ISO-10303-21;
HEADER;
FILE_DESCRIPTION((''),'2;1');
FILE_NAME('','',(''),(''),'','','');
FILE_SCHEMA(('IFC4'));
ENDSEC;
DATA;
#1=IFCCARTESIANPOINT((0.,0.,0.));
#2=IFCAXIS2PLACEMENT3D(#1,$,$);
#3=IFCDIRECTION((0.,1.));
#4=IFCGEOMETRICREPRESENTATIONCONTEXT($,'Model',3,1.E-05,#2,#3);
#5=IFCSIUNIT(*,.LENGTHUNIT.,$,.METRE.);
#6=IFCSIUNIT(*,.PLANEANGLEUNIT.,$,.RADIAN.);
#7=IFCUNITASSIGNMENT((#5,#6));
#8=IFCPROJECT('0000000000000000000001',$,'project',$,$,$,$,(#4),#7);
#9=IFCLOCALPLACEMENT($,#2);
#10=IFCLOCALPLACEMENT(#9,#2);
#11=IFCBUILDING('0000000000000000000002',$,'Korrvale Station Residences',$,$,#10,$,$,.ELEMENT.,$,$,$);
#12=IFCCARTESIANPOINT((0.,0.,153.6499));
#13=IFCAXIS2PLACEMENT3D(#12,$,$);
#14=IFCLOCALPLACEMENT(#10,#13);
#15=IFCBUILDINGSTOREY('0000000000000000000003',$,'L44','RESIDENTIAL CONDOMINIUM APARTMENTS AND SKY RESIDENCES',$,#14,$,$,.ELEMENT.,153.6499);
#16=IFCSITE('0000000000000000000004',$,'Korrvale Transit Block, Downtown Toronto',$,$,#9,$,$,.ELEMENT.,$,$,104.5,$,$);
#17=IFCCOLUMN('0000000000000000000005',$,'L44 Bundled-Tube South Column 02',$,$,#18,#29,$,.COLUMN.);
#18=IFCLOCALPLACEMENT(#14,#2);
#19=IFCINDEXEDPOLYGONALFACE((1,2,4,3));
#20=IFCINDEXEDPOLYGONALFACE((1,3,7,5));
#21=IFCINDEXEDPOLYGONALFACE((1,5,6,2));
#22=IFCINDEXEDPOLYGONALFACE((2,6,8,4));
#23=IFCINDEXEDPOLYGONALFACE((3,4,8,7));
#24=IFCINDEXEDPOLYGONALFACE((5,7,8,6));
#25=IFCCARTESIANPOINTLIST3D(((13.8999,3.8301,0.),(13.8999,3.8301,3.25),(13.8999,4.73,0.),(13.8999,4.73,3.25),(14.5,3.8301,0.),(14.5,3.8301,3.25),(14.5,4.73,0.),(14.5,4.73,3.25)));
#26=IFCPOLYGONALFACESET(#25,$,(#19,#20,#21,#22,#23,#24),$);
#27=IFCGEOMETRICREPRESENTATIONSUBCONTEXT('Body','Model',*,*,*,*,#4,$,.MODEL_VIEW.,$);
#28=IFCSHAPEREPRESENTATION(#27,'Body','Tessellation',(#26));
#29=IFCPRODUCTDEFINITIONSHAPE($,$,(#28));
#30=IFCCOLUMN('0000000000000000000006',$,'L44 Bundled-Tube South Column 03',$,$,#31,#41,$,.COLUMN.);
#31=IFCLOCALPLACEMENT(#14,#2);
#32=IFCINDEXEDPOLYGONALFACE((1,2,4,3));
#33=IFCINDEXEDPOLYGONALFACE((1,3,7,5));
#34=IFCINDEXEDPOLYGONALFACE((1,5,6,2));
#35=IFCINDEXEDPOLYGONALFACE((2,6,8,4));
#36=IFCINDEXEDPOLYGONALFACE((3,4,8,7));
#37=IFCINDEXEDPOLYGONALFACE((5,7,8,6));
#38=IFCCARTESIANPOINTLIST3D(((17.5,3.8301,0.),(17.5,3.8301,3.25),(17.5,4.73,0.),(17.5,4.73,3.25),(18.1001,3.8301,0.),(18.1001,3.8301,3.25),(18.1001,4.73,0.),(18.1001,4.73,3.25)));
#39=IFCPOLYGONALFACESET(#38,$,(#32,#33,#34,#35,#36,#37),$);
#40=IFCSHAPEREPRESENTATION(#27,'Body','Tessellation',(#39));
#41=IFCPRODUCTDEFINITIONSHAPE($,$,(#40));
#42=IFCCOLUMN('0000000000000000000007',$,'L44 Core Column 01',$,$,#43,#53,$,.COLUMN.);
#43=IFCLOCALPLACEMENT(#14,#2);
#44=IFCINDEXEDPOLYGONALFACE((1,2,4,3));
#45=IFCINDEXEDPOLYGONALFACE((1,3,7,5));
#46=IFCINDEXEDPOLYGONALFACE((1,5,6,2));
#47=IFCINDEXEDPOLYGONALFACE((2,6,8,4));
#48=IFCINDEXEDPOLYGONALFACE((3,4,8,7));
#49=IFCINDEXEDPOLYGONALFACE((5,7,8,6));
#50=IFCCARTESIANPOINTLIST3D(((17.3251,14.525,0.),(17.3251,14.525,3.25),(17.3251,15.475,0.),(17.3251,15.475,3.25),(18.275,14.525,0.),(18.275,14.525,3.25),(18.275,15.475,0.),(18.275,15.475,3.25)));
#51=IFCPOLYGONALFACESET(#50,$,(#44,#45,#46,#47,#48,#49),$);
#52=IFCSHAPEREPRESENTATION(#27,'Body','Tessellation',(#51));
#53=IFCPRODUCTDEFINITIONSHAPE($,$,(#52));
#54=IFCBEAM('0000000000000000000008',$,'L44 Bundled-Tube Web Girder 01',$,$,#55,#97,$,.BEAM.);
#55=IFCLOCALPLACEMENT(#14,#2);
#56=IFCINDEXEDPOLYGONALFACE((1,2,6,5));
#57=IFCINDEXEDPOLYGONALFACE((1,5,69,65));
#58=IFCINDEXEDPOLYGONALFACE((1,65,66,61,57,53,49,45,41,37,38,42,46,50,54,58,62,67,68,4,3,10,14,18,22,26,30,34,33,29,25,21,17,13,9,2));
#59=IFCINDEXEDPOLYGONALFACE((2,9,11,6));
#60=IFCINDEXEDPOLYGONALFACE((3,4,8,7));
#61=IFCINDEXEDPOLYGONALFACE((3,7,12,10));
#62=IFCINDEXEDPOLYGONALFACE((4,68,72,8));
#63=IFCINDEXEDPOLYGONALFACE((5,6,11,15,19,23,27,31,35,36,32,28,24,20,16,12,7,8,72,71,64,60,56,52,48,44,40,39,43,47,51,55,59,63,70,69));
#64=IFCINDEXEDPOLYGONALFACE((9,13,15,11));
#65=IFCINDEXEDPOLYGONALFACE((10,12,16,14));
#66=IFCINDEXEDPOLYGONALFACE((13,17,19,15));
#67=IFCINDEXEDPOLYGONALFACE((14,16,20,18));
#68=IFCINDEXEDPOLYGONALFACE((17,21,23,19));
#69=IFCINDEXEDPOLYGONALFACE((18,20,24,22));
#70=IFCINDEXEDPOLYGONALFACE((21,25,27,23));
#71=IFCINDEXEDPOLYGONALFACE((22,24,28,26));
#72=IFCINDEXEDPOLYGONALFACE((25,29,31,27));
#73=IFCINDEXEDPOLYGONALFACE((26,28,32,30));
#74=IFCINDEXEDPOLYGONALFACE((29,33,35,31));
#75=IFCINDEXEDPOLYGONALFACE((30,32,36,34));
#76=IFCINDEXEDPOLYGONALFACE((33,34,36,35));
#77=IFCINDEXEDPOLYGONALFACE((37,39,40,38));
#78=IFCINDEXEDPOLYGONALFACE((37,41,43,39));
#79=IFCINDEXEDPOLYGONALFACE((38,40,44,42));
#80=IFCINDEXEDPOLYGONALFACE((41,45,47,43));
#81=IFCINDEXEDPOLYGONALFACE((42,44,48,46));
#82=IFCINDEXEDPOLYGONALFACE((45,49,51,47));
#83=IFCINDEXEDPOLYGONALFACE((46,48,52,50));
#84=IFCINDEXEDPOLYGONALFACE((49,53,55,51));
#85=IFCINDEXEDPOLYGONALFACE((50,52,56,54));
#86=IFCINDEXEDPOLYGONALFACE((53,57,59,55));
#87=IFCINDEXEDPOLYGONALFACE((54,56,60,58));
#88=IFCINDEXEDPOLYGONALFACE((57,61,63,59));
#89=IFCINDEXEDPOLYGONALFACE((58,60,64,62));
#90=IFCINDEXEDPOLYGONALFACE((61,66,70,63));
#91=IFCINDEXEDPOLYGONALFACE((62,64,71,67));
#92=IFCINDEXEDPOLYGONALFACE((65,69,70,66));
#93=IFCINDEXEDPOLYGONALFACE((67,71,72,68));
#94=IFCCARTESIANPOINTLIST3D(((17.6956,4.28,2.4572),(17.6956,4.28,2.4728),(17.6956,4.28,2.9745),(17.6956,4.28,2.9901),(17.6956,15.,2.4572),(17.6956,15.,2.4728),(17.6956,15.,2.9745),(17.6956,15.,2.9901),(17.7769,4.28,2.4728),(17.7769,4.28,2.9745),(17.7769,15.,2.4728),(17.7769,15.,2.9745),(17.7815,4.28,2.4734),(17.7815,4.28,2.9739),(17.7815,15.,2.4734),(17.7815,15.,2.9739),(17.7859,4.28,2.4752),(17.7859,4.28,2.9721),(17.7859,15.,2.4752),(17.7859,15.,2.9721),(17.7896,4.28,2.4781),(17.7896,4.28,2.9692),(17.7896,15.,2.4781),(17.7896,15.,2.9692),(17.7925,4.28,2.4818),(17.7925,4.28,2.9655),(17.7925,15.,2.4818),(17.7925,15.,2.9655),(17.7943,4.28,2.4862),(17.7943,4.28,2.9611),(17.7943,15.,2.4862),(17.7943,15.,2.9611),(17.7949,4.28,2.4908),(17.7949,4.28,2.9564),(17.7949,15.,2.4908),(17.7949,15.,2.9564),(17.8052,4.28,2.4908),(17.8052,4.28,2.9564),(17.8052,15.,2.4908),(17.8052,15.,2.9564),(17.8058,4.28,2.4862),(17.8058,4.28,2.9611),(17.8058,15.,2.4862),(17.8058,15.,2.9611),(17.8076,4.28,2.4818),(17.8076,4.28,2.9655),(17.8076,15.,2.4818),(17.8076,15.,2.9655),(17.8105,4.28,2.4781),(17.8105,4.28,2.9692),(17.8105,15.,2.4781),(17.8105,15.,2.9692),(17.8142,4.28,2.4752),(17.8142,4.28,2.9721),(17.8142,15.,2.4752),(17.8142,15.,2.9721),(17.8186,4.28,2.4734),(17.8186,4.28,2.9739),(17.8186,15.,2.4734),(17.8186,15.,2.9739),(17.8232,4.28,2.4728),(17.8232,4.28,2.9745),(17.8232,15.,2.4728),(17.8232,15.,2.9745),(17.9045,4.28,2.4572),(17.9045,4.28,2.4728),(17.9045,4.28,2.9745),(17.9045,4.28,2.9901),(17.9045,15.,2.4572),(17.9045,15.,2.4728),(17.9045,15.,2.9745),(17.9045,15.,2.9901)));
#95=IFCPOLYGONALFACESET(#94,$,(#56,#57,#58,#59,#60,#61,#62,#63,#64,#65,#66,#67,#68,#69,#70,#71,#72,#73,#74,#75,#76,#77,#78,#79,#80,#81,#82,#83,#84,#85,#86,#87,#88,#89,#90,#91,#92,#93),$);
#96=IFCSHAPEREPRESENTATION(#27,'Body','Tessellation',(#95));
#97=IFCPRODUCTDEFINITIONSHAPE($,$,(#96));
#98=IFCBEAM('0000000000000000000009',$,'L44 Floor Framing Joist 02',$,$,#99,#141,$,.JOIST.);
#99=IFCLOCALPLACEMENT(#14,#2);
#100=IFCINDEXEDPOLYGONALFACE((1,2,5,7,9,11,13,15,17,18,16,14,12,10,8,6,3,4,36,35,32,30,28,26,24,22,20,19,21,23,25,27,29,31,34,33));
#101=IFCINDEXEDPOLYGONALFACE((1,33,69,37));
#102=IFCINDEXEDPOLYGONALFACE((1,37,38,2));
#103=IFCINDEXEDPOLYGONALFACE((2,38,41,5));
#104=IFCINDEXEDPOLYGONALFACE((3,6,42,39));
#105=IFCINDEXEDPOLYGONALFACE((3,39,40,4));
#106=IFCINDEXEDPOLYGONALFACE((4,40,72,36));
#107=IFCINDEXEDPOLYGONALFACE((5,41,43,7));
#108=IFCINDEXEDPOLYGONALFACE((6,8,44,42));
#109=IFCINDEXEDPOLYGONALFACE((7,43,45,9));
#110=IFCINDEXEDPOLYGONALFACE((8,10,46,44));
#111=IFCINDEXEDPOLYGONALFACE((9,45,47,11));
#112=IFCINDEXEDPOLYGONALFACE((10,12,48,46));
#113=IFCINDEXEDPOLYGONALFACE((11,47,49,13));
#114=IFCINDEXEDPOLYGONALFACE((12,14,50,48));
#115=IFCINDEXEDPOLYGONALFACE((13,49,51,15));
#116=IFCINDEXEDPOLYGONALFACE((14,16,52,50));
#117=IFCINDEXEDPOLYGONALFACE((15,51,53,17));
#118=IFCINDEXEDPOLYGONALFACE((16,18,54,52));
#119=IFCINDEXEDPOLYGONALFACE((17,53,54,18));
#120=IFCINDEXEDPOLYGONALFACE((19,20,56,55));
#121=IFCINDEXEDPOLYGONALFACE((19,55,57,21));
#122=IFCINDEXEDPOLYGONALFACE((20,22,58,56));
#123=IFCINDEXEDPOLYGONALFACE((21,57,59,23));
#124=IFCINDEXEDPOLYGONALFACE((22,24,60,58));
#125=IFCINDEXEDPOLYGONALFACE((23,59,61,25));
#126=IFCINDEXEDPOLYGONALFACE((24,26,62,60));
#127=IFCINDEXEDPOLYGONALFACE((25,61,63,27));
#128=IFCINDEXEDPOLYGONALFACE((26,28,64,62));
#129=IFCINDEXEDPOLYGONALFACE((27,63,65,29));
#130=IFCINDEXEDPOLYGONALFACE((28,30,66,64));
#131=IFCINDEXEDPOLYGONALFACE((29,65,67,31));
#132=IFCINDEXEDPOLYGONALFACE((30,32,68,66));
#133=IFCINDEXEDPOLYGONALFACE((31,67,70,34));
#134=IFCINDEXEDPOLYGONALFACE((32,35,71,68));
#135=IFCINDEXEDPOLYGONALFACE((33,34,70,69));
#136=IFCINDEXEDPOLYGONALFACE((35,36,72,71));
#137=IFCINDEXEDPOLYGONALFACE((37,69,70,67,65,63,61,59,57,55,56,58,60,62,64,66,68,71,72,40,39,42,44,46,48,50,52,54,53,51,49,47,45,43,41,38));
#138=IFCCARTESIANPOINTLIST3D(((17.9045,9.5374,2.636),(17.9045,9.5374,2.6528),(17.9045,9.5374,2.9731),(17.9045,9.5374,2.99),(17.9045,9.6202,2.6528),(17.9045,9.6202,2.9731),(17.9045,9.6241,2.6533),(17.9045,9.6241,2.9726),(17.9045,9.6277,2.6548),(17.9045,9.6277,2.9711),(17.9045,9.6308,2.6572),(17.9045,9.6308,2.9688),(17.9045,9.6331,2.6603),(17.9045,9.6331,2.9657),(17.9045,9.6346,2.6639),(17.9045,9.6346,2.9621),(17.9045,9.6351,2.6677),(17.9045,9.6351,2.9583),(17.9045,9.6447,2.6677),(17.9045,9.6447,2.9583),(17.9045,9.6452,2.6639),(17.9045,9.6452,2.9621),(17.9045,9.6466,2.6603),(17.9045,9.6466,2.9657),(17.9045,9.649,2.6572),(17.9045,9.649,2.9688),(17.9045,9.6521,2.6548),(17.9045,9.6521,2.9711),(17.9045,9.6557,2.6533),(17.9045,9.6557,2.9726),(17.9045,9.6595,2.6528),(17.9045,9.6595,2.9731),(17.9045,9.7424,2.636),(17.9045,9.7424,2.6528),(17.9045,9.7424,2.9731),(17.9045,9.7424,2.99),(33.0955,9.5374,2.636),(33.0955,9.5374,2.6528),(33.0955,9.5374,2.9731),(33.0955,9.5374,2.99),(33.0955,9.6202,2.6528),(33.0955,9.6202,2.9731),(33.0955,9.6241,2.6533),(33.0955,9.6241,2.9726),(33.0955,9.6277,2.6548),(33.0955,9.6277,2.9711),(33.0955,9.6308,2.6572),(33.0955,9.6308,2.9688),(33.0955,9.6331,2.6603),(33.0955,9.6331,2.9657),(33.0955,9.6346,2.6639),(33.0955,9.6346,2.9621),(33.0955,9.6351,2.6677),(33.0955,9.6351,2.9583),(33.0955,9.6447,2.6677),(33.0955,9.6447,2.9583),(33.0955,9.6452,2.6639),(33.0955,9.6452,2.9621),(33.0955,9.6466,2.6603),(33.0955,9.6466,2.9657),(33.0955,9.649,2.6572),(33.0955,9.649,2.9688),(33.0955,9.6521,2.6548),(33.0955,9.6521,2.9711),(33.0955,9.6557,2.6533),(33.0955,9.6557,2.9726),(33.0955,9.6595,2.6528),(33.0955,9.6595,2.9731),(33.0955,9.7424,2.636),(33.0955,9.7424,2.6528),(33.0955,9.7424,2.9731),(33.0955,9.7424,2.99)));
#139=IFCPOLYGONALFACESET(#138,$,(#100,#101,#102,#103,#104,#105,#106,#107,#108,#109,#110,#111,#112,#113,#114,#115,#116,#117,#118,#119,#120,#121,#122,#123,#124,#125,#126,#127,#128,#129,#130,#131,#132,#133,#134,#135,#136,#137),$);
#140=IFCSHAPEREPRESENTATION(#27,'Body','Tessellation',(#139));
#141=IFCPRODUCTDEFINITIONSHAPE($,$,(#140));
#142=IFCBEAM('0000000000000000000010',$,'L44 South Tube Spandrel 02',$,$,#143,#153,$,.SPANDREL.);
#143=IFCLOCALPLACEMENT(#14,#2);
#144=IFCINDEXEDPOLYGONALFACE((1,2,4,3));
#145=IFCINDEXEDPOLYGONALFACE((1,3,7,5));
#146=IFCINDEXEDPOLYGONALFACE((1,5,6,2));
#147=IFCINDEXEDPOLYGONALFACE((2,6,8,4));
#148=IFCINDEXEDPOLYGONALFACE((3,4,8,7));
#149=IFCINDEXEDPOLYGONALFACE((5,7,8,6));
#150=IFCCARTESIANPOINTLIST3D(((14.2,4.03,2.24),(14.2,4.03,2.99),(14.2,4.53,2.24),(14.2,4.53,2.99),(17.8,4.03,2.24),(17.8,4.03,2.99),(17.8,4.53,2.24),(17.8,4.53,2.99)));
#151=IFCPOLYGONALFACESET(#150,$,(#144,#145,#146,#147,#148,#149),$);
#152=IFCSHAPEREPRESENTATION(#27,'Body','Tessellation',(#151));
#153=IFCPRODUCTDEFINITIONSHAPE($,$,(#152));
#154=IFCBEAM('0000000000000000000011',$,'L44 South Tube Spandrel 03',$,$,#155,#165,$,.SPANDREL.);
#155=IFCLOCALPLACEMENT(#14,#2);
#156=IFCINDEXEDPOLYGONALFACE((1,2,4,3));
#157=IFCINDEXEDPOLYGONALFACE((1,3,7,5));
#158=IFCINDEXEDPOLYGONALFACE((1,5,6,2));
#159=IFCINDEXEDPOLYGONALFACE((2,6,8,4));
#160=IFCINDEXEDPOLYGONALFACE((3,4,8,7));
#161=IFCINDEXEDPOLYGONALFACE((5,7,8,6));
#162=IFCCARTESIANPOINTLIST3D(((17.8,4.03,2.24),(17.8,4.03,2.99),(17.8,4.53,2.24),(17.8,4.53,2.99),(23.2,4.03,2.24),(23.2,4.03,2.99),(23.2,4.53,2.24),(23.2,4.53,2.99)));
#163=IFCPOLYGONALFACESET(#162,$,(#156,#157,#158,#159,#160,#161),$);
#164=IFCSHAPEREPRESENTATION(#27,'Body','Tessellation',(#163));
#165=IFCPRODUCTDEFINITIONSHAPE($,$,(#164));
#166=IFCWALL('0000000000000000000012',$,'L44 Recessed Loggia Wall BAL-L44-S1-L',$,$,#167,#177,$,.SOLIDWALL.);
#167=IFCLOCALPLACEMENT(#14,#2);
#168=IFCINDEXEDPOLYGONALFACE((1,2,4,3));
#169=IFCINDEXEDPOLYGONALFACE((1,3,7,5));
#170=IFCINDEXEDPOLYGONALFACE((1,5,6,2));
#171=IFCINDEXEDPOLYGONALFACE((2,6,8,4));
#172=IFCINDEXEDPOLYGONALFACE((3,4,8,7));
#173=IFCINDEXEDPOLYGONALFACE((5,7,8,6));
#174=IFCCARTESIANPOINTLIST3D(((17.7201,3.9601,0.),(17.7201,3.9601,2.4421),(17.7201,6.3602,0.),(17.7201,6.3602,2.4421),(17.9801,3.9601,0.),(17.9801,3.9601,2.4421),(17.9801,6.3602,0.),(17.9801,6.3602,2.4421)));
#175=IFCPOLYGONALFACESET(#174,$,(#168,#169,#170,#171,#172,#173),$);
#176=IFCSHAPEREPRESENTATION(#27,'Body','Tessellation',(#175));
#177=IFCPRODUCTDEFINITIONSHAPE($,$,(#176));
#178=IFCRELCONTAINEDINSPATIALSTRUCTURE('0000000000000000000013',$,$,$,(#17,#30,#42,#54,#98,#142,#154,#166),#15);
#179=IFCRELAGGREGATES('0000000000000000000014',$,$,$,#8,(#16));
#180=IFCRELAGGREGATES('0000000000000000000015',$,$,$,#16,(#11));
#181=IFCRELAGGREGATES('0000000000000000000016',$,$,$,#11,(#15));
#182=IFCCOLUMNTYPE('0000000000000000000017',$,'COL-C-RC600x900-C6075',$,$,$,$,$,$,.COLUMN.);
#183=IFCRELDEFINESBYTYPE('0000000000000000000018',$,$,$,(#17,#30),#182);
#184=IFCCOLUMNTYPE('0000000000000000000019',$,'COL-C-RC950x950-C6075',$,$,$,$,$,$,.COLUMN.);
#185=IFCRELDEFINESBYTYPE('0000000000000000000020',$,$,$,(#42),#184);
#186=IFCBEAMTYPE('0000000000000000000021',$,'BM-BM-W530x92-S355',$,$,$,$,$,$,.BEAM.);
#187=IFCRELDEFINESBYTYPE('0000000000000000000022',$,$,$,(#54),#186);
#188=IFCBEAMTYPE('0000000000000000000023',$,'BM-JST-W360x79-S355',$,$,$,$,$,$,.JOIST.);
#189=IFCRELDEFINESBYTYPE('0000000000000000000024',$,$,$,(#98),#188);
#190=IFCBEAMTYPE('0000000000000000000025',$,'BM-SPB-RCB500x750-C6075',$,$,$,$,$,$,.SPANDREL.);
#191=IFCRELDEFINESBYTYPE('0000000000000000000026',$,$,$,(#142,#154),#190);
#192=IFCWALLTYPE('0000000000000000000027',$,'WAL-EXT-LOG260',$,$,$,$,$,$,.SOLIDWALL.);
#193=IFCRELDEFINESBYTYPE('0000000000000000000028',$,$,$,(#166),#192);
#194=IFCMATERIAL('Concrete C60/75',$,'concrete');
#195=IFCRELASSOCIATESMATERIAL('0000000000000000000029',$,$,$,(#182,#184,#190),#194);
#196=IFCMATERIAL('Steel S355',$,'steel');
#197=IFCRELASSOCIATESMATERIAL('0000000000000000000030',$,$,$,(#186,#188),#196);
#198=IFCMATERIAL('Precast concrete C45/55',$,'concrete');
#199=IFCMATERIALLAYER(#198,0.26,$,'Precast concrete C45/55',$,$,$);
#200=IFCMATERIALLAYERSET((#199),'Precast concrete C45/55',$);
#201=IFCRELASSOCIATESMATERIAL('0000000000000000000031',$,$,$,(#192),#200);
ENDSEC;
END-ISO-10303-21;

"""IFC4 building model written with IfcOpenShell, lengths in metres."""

from ifc_helpers import new_model, si_unit, direction, frame, frame_2d, origin, origin_2d, place, context, subcontext, project, spatial, rectangle, i_section, extrude, material, layer, layer_set, material_profile, profile_set, type_object, element, save


model = new_model("IFC4")

# Units and contexts
model_context = context("Model", 3, precision=1e-05, world=origin(), true_north=direction((0.0, 1.0)))
body_context = subcontext(model_context, "Body", "Model", "MODEL_VIEW")
ifc_project = project(units=[si_unit("LENGTHUNIT", "METRE"), si_unit("PLANEANGLEUNIT", "RADIAN")], contexts=[model_context])

# Site, building, storey
site_placement = place(None, origin())
site = spatial("IfcSite", under=ifc_project, at=site_placement, Name="Korrvale Transit Block, Downtown Toronto", CompositionType="ELEMENT", RefElevation=104.5)
building_placement = place(site_placement, origin())
building = spatial("IfcBuilding", under=site, at=building_placement, Name="Korrvale Station Residences", CompositionType="ELEMENT")
storey_placement = place(building_placement, frame((0.0, 0.0, 153.6499)))
storey = spatial("IfcBuildingStorey", under=building, at=storey_placement, Name="L44", Description="RESIDENTIAL CONDOMINIUM APARTMENTS AND SKY RESIDENCES", CompositionType="ELEMENT", Elevation=153.6499)

# Columns
ifc_material_1 = material(Name="Concrete C60/75", Category="concrete")
ifc_material_profile_1 = material_profile(ifc_material_1, rectangle(XDim=0.6001, YDim=0.8999, at=origin_2d()), Name="RC600x900")
ifc_profile_set_1 = profile_set([ifc_material_profile_1], Name="Concrete C60/75")
column_type_1 = type_object("IfcColumnType", Name="COL-C-RC600x900-C6075", PredefinedType="COLUMN", material=ifc_profile_set_1)
for number, where, z_axis, x_axis, name in (
    (1, (14.2, 4.28, 0.0), (0.0, 0.0, 1.0), (1.0, 0.0, 0.0), "L44 Bundled-Tube South Column 02"),
    (2, (17.8, 4.28, 0.0), (0.0, 0.0, 1.0), (1.0, 0.0, 0.0), "L44 Bundled-Tube South Column 03"),
):
    element("IfcColumn", number, at=place(storey_placement, frame(where, z_axis=z_axis, x_axis=x_axis)), inside=storey, type_object=column_type_1, Name=name, PredefinedType="COLUMN", context=body_context, shape_type="SweptSolid", body=[
        extrude(rectangle(XDim=0.6001, YDim=0.8999, at=origin_2d()), origin(), (0.0, 0.0, 1.0), 3.25),
    ])
ifc_material_profile_2 = material_profile(ifc_material_1, rectangle(XDim=0.95, YDim=0.95, at=origin_2d()), Name="RC950x950")
ifc_profile_set_2 = profile_set([ifc_material_profile_2], Name="Concrete C60/75")
column_type_2 = type_object("IfcColumnType", Name="COL-C-RC950x950-C6075", PredefinedType="COLUMN", material=ifc_profile_set_2)
column_placement = place(storey_placement, frame((17.8, 15.0, 0.0), z_axis=(0.0, 0.0, 1.0), x_axis=(1.0, 0.0, 0.0)))
element("IfcColumn", 3, at=column_placement, inside=storey, type_object=column_type_2, Name="L44 Core Column 01", PredefinedType="COLUMN", context=body_context, shape_type="SweptSolid", body=[
    extrude(rectangle(XDim=0.95, YDim=0.95, at=origin_2d()), origin(), (0.0, 0.0, 1.0), 3.25),
])

# Beams
ifc_material_2 = material(Name="Steel S355", Category="steel")
ifc_material_profile_3 = material_profile(ifc_material_2, i_section(OverallWidth=0.209, OverallDepth=0.533, WebThickness=0.0103, FlangeThickness=0.0156, FilletRadius=0.0181, at=origin_2d()), Name="W530x92")
ifc_profile_set_3 = profile_set([ifc_material_profile_3], Name="Steel S355")
beam_type_1 = type_object("IfcBeamType", Name="BM-BM-W530x92-S355", PredefinedType="BEAM", material=ifc_profile_set_3)
beam_1_placement = place(storey_placement, frame((17.8, 4.28, 2.7236), z_axis=(0.0, 1.0, 0.0), x_axis=(-1.0, 0.0, 0.0)))
element("IfcBeam", 4, at=beam_1_placement, inside=storey, type_object=beam_type_1, Name="L44 Bundled-Tube Web Girder 01", PredefinedType="BEAM", context=body_context, shape_type="SweptSolid", body=[
    extrude(i_section(OverallWidth=0.209, OverallDepth=0.533, WebThickness=0.0103, FlangeThickness=0.0156, FilletRadius=0.0181, at=origin_2d()), origin(), (0.0, 0.0, 1.0), 10.72),
])
ifc_material_profile_4 = material_profile(ifc_material_2, i_section(OverallWidth=0.2051, OverallDepth=0.354, WebThickness=0.0095, FlangeThickness=0.0168, FilletRadius=0.0149, at=origin_2d()), Name="W360x79")
ifc_profile_set_4 = profile_set([ifc_material_profile_4], Name="Steel S355")
beam_type_2 = type_object("IfcBeamType", Name="BM-JST-W360x79-S355", PredefinedType="JOIST", material=ifc_profile_set_4)
beam_2_placement = place(storey_placement, frame((17.9045, 9.6399, 2.813), z_axis=(1.0, 0.0, 0.0), x_axis=(0.0, 1.0, 0.0)))
element("IfcBeam", 5, at=beam_2_placement, inside=storey, type_object=beam_type_2, Name="L44 Floor Framing Joist 02", PredefinedType="JOIST", context=body_context, shape_type="SweptSolid", body=[
    extrude(i_section(OverallWidth=0.2051, OverallDepth=0.354, WebThickness=0.0095, FlangeThickness=0.0168, FilletRadius=0.0149, at=origin_2d()), origin(), (0.0, 0.0, 1.0), 15.1909),
])
ifc_material_profile_5 = material_profile(ifc_material_1, rectangle(XDim=0.5, YDim=0.75, at=origin_2d()), Name="RCB500x750")
ifc_profile_set_5 = profile_set([ifc_material_profile_5], Name="Concrete C60/75")
beam_type_3 = type_object("IfcBeamType", Name="BM-SPB-RCB500x750-C6075", PredefinedType="SPANDREL", material=ifc_profile_set_5)
beam_3_placement = place(storey_placement, frame((14.2, 4.28, 2.615), z_axis=(1.0, 0.0, 0.0), x_axis=(0.0, 1.0, 0.0)))
element("IfcBeam", 6, at=beam_3_placement, inside=storey, type_object=beam_type_3, Name="L44 South Tube Spandrel 02", PredefinedType="SPANDREL", context=body_context, shape_type="SweptSolid", body=[
    extrude(rectangle(XDim=0.5, YDim=0.75, at=origin_2d()), origin(), (0.0, 0.0, 1.0), 3.6001),
])
beam_4_placement = place(storey_placement, frame((17.8, 4.28, 2.615), z_axis=(1.0, 0.0, 0.0), x_axis=(0.0, 1.0, 0.0)))
element("IfcBeam", 7, at=beam_4_placement, inside=storey, type_object=beam_type_3, Name="L44 South Tube Spandrel 03", PredefinedType="SPANDREL", context=body_context, shape_type="SweptSolid", body=[
    extrude(rectangle(XDim=0.5, YDim=0.75, at=origin_2d()), origin(), (0.0, 0.0, 1.0), 5.3999),
])

# Wall
ifc_material_3 = material(Name="Precast concrete C45/55", Category="concrete")
ifc_layer_1 = layer(ifc_material_3, 0.26, Name="Precast concrete C45/55")
ifc_layer_set_1 = layer_set([ifc_layer_1], Name="Precast concrete C45/55")
wall_type_1 = type_object("IfcWallType", Name="WAL-EXT-LOG260", PredefinedType="SOLIDWALL", material=ifc_layer_set_1)
wall_1_placement = place(storey_placement, frame((17.8501, 3.96, 0.0), z_axis=(0.0, 0.0, 1.0), x_axis=(0.0, 1.0, 0.0)))
element("IfcWall", 8, at=wall_1_placement, inside=storey, type_object=wall_type_1, Name="L44 Recessed Loggia Wall BAL-L44-S1-L", PredefinedType="SOLIDWALL", context=body_context, shape_type="SweptSolid", body=[
    extrude(rectangle(XDim=2.4001, YDim=0.26, at=frame_2d((1.2002, 0.0))), origin(), (0.0, 0.0, 1.0), 2.4421),
])

save(model, "model.ifc")
